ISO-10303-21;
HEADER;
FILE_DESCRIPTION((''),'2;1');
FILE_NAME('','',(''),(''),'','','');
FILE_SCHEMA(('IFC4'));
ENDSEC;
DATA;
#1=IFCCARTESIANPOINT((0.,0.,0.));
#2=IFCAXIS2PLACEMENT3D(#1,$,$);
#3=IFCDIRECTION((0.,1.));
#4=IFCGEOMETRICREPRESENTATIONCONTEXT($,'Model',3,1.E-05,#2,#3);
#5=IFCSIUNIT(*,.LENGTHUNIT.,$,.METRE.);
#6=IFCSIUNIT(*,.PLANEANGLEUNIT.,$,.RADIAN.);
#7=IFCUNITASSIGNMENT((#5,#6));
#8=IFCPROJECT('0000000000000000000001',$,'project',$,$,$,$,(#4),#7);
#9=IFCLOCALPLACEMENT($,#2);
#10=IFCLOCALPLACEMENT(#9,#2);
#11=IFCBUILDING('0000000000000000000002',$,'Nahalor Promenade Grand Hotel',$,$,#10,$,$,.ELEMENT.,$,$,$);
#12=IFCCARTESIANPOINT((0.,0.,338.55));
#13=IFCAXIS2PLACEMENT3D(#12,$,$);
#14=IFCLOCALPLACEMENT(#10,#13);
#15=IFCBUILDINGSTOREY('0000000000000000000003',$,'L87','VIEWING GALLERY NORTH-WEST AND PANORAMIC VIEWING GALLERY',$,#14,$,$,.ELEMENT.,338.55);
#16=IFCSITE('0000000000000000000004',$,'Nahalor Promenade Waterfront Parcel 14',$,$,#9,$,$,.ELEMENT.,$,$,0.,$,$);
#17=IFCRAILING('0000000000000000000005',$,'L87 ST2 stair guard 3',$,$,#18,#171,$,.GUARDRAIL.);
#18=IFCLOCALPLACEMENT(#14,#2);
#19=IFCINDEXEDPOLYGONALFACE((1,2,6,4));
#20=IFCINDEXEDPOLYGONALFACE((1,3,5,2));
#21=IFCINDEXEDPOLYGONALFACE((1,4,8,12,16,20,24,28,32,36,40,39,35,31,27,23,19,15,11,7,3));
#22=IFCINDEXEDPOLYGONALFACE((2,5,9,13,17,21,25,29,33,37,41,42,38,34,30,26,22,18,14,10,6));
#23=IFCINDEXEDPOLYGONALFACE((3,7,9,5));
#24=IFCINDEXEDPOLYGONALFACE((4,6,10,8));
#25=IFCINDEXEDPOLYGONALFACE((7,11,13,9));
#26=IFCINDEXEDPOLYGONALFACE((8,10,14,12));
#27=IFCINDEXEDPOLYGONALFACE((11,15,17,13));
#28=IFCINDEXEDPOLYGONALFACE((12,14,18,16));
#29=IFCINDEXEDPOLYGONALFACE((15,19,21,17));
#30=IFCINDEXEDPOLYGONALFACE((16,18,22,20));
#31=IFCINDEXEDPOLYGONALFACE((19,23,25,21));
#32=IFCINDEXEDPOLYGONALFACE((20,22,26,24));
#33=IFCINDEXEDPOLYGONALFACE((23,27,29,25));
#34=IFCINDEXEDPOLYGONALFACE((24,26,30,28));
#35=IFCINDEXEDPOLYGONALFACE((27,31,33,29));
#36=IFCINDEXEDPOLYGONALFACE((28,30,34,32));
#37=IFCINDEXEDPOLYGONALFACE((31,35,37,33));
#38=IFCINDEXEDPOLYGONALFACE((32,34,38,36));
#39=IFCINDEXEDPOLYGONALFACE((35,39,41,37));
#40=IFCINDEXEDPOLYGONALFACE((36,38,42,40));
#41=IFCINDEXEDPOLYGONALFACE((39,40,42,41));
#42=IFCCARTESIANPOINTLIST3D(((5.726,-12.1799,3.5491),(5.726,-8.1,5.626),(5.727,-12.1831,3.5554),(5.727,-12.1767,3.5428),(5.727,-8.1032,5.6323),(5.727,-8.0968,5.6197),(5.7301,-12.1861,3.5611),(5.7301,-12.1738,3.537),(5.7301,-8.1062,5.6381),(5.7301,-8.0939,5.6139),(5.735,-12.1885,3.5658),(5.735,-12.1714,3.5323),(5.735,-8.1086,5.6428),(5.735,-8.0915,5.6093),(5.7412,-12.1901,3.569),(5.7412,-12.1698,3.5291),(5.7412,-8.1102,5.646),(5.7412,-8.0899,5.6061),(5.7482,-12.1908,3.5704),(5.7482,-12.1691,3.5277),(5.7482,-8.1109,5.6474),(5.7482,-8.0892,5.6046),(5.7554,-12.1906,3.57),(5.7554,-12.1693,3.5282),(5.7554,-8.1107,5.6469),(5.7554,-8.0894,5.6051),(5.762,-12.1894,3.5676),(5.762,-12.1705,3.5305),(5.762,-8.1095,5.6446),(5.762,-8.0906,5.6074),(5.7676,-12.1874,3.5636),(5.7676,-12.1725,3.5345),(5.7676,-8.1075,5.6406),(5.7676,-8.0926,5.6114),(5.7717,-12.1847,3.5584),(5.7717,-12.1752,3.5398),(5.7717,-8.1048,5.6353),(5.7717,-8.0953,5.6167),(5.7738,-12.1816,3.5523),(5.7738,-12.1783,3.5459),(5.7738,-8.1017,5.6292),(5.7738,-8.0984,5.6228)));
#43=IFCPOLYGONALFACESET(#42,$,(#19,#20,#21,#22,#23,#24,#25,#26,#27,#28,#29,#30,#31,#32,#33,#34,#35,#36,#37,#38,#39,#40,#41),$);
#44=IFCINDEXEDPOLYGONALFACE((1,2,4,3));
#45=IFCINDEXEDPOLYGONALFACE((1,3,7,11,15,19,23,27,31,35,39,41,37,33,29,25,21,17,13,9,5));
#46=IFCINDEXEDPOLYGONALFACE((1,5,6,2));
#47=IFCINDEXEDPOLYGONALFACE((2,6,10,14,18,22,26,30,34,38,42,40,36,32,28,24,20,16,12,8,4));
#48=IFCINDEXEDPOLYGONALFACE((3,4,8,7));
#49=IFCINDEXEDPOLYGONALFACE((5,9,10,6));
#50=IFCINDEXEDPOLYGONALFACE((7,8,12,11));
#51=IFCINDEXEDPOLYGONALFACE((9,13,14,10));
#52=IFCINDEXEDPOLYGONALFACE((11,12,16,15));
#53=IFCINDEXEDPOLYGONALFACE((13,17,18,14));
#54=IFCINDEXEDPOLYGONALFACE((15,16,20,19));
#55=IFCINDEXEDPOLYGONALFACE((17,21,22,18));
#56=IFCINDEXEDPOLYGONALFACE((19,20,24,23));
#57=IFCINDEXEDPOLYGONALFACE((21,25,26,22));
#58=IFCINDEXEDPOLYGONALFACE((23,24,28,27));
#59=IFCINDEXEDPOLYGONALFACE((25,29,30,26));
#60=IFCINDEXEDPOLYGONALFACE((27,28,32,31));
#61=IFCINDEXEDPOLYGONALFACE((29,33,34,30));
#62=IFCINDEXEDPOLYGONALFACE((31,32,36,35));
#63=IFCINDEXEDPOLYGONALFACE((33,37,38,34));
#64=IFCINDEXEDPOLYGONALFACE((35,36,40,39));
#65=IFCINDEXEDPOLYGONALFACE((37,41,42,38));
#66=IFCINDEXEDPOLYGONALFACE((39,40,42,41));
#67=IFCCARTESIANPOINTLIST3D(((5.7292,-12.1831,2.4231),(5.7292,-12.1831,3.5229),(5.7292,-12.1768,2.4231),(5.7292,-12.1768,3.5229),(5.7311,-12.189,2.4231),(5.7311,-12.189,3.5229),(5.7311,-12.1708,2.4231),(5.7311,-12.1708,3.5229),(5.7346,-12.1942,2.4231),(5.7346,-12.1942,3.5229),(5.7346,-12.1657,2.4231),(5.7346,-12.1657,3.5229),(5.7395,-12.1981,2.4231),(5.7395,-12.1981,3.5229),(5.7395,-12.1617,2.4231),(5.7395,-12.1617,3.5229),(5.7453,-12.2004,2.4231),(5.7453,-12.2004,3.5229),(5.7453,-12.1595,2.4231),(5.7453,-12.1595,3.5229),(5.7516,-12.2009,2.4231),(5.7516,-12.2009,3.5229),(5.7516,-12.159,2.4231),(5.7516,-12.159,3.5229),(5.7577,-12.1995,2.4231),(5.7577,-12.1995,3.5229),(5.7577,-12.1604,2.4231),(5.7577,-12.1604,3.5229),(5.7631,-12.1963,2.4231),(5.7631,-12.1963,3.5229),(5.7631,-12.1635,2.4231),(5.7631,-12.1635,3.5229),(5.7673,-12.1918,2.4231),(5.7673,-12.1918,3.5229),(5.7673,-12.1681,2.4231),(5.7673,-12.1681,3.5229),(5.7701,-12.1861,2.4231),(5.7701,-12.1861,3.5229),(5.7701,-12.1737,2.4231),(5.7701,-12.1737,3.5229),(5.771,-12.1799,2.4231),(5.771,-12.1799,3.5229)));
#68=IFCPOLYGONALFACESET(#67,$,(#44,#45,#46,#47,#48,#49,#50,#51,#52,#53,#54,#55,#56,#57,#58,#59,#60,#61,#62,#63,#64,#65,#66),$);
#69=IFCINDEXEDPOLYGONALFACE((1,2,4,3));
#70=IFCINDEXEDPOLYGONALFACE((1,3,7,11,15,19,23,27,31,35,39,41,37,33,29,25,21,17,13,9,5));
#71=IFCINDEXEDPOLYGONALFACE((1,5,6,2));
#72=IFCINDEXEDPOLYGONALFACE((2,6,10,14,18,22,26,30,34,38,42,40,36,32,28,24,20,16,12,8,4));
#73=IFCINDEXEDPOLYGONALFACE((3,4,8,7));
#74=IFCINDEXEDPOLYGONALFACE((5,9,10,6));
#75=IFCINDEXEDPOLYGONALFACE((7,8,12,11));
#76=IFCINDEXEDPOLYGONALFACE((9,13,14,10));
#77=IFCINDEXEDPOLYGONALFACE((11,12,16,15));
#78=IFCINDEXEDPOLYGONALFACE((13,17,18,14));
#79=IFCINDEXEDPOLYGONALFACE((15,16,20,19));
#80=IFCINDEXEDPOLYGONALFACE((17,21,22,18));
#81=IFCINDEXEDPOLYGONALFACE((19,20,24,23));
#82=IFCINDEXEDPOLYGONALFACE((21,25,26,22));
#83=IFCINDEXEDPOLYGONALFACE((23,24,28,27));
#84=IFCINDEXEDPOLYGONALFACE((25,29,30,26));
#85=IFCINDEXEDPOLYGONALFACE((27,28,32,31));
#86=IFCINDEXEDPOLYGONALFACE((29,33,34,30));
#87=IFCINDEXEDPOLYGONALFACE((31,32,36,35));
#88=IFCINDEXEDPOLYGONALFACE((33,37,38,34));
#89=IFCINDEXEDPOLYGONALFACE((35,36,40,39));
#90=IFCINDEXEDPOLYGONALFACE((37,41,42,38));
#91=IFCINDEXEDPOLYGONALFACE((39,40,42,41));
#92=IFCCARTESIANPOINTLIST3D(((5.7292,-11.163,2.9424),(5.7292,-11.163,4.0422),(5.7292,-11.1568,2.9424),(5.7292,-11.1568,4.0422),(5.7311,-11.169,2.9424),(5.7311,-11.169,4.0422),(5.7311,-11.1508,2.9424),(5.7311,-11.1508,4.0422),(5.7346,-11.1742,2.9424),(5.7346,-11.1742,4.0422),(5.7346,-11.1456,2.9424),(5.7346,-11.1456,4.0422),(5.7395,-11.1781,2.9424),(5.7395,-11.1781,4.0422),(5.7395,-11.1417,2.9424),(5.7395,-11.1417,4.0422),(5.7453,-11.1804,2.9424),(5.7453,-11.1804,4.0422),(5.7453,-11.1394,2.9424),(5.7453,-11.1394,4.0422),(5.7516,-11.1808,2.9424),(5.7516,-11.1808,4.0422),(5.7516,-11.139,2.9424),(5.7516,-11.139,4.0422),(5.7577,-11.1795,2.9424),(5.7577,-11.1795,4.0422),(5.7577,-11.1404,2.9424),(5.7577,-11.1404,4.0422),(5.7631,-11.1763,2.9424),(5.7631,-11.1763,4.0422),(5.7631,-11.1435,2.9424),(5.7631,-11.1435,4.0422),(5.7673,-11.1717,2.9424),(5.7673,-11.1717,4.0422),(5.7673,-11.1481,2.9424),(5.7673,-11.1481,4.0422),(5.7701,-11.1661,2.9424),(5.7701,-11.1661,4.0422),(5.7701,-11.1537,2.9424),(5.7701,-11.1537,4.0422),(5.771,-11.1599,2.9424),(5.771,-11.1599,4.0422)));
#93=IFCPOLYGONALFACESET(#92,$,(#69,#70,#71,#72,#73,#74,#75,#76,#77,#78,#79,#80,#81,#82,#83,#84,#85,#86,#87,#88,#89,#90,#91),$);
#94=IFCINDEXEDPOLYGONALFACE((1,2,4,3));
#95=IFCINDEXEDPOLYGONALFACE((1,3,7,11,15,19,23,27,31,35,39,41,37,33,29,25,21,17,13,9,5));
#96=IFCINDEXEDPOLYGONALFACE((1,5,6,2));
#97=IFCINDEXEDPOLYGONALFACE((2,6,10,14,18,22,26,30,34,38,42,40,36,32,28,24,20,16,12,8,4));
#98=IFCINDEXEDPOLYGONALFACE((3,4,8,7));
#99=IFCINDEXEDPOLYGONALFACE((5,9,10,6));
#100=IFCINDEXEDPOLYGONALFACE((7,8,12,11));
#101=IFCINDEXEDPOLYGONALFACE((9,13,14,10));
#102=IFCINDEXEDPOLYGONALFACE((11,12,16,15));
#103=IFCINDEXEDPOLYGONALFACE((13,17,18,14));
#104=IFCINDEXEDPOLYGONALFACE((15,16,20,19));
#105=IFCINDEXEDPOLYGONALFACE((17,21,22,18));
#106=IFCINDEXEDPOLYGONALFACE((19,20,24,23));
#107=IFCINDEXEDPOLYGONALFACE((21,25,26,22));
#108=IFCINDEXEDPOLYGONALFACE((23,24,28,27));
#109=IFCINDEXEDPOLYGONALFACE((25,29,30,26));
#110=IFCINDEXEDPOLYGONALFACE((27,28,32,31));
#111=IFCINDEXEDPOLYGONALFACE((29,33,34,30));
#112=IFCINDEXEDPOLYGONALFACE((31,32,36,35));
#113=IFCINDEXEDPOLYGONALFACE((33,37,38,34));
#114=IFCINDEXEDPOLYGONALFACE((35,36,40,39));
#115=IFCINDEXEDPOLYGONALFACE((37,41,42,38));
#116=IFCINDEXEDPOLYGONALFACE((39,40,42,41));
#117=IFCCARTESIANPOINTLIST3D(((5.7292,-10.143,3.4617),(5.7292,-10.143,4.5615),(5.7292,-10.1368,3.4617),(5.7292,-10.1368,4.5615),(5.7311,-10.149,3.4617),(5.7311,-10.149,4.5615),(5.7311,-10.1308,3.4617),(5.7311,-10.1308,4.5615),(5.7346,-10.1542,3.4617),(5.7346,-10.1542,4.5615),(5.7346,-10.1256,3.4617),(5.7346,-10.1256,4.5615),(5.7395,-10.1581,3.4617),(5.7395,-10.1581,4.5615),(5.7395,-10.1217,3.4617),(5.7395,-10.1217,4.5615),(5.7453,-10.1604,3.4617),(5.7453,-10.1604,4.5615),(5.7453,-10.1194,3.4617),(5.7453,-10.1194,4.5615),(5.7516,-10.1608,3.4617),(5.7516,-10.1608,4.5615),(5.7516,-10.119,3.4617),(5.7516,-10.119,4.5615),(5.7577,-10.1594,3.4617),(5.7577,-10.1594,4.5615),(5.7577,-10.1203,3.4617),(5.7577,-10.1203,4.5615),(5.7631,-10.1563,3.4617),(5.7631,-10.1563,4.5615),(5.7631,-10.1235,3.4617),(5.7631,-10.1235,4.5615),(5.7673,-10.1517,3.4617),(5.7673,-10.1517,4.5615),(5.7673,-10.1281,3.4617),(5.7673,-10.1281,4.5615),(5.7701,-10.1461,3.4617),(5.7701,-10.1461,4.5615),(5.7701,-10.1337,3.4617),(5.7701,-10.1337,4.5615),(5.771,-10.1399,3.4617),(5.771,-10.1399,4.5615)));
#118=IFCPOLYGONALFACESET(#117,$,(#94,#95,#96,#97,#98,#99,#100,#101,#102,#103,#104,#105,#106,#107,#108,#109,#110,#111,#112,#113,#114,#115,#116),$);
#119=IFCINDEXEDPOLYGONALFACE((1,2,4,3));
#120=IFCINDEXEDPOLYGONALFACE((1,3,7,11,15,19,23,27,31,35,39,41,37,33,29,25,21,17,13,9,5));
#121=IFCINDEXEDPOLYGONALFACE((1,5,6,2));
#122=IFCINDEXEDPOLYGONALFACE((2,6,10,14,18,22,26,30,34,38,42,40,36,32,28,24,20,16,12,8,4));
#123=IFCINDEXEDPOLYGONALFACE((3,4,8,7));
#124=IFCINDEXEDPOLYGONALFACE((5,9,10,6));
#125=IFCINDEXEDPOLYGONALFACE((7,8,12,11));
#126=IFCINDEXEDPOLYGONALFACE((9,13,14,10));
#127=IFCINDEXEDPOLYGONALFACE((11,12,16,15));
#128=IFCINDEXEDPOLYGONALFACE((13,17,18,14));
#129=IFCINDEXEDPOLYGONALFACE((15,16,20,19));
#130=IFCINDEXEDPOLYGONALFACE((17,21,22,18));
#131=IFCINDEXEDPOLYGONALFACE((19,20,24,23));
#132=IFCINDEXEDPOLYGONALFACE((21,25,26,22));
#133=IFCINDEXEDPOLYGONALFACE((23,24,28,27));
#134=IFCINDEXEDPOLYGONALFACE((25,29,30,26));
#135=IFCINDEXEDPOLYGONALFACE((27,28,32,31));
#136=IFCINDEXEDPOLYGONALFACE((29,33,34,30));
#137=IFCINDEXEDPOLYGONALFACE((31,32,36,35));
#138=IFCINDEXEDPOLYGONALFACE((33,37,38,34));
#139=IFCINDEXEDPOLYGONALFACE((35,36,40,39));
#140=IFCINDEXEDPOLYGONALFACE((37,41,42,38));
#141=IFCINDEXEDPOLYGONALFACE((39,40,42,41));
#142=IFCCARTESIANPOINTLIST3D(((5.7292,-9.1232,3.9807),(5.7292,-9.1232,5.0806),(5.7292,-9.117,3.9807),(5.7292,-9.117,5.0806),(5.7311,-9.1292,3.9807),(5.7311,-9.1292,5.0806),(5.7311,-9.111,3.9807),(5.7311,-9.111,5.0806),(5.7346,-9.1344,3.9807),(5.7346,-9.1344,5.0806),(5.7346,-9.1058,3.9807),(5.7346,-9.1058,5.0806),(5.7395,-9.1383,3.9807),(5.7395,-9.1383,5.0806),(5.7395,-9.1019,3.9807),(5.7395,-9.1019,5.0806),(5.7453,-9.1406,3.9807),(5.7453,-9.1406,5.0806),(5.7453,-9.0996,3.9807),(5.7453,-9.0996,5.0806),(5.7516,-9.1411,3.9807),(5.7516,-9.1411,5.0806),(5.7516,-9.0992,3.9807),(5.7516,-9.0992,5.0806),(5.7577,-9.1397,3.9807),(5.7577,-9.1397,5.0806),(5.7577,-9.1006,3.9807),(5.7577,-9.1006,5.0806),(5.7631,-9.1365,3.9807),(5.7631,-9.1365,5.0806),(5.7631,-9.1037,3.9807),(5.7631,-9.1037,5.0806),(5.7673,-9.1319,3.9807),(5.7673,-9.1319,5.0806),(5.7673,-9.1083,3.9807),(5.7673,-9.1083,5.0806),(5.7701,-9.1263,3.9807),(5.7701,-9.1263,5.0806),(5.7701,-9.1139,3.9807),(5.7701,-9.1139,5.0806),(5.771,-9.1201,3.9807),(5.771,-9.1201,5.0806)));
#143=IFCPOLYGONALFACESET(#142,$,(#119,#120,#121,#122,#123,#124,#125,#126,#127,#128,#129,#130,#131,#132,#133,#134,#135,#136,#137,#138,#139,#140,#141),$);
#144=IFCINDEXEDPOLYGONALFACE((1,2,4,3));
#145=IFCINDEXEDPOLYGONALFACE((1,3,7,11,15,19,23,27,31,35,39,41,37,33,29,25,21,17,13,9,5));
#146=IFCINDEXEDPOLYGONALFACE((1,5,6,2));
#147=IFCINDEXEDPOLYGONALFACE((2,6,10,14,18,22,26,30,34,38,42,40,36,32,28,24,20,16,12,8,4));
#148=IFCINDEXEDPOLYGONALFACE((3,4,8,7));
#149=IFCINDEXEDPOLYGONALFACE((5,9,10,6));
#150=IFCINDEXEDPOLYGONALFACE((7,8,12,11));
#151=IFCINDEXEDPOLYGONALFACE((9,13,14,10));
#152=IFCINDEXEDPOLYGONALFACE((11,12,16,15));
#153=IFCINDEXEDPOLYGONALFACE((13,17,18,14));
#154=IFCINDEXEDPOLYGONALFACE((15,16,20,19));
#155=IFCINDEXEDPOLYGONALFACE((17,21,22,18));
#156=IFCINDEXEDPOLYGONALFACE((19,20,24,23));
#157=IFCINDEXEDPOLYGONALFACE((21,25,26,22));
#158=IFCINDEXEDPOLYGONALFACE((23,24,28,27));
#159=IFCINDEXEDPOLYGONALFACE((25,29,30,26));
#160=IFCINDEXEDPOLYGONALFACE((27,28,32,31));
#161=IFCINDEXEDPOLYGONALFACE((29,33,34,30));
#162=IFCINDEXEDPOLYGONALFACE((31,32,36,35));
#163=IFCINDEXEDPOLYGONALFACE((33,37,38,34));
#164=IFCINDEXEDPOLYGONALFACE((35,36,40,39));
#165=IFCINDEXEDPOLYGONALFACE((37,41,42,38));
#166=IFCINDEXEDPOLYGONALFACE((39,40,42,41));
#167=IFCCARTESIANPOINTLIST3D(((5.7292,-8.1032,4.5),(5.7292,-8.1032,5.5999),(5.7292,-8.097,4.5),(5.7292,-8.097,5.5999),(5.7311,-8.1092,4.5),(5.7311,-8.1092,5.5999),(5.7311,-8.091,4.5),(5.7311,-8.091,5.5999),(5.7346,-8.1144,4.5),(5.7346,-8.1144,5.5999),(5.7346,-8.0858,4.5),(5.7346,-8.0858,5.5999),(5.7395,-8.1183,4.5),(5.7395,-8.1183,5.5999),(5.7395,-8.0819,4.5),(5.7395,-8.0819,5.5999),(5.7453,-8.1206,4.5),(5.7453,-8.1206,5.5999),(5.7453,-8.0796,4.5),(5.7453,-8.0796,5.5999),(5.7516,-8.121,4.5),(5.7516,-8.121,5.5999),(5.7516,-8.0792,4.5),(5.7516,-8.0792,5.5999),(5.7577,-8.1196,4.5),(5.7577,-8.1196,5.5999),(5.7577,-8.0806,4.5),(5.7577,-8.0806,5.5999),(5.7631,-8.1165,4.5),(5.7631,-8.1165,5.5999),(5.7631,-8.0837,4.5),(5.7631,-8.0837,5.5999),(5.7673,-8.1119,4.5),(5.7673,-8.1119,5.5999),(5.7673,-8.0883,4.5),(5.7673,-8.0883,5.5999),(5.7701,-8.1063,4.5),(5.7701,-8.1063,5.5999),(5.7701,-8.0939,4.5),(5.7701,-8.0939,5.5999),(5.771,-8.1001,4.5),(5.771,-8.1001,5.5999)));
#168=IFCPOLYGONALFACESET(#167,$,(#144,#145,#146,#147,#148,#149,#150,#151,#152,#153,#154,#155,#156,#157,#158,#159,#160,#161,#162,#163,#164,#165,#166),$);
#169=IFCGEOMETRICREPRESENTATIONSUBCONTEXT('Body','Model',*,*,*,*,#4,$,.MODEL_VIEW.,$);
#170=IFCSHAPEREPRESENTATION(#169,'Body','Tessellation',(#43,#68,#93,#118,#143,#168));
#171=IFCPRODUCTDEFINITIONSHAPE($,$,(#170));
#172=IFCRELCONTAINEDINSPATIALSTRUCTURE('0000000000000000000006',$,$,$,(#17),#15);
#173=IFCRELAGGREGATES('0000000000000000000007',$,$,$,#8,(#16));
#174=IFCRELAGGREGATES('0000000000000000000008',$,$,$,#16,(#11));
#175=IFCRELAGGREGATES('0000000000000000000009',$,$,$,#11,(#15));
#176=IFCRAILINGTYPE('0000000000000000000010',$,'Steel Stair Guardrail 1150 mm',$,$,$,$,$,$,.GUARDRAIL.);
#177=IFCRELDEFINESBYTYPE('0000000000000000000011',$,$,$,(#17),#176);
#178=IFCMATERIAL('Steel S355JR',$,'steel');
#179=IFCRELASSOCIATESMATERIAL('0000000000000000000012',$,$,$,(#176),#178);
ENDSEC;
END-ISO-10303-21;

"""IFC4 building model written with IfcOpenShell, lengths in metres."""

from ifc_helpers import new_model, si_unit, direction, frame, origin, origin_2d, place, context, subcontext, project, spatial, circle, extrude, material, type_object, element, save


model = new_model("IFC4")

# Units and contexts
model_context = context("Model", 3, precision=1e-05, world=origin(), true_north=direction((0.0, 1.0)))
body_context = subcontext(model_context, "Body", "Model", "MODEL_VIEW")
ifc_project = project(units=[si_unit("LENGTHUNIT", "METRE"), si_unit("PLANEANGLEUNIT", "RADIAN")], contexts=[model_context])

# Site, building, storey
site_placement = place(None, origin())
site = spatial("IfcSite", under=ifc_project, at=site_placement, Name="Nahalor Promenade Waterfront Parcel 14", CompositionType="ELEMENT", RefElevation=0.0)
building_placement = place(site_placement, origin())
building = spatial("IfcBuilding", under=site, at=building_placement, Name="Nahalor Promenade Grand Hotel", CompositionType="ELEMENT")
storey_placement = place(building_placement, frame((0.0, 0.0, 338.55)))
storey = spatial("IfcBuildingStorey", under=building, at=storey_placement, Name="L87", Description="VIEWING GALLERY NORTH-WEST AND PANORAMIC VIEWING GALLERY", CompositionType="ELEMENT", Elevation=338.55)

# Shared definitions
ifc_material_1 = material(Name="Steel S355JR", Category="steel")

# Railing
railing_type_1 = type_object("IfcRailingType", Name="Steel Stair Guardrail 1150 mm", PredefinedType="GUARDRAIL", material=ifc_material_1)
railing_1_placement = place(storey_placement, frame((5.75, -12.1799, 2.4231)))
element("IfcRailing", 1, at=railing_1_placement, inside=storey, type_object=railing_type_1, Name="L87 ST2 stair guard 3", PredefinedType="GUARDRAIL", context=body_context, shape_type="SweptSolid", body=[
    extrude(circle(Radius=0.024, at=origin_2d()), frame((0.0, 0.0, 1.126), z_axis=(0.0, 0.891172, 0.453665), x_axis=(-1.0, 0.0, 0.0)), (0.0, 0.0, 1.0), 4.5781),
    extrude(circle(Radius=0.021, at=origin_2d()), origin(), (0.0, 0.0, 1.0), 1.0999),
    extrude(circle(Radius=0.021, at=origin_2d()), frame((0.0, 1.02, 0.5193)), (0.0, 0.0, 1.0), 1.0999),
    extrude(circle(Radius=0.021, at=origin_2d()), frame((0.0, 2.04, 1.0386)), (0.0, 0.0, 1.0), 1.0999),
    extrude(circle(Radius=0.021, at=origin_2d()), frame((0.0, 3.0598, 1.5576)), (0.0, 0.0, 1.0), 1.0999),
    extrude(circle(Radius=0.021, at=origin_2d()), frame((0.0, 4.0798, 2.0769)), (0.0, 0.0, 1.0), 1.0999),
])

save(model, "model.ifc")
